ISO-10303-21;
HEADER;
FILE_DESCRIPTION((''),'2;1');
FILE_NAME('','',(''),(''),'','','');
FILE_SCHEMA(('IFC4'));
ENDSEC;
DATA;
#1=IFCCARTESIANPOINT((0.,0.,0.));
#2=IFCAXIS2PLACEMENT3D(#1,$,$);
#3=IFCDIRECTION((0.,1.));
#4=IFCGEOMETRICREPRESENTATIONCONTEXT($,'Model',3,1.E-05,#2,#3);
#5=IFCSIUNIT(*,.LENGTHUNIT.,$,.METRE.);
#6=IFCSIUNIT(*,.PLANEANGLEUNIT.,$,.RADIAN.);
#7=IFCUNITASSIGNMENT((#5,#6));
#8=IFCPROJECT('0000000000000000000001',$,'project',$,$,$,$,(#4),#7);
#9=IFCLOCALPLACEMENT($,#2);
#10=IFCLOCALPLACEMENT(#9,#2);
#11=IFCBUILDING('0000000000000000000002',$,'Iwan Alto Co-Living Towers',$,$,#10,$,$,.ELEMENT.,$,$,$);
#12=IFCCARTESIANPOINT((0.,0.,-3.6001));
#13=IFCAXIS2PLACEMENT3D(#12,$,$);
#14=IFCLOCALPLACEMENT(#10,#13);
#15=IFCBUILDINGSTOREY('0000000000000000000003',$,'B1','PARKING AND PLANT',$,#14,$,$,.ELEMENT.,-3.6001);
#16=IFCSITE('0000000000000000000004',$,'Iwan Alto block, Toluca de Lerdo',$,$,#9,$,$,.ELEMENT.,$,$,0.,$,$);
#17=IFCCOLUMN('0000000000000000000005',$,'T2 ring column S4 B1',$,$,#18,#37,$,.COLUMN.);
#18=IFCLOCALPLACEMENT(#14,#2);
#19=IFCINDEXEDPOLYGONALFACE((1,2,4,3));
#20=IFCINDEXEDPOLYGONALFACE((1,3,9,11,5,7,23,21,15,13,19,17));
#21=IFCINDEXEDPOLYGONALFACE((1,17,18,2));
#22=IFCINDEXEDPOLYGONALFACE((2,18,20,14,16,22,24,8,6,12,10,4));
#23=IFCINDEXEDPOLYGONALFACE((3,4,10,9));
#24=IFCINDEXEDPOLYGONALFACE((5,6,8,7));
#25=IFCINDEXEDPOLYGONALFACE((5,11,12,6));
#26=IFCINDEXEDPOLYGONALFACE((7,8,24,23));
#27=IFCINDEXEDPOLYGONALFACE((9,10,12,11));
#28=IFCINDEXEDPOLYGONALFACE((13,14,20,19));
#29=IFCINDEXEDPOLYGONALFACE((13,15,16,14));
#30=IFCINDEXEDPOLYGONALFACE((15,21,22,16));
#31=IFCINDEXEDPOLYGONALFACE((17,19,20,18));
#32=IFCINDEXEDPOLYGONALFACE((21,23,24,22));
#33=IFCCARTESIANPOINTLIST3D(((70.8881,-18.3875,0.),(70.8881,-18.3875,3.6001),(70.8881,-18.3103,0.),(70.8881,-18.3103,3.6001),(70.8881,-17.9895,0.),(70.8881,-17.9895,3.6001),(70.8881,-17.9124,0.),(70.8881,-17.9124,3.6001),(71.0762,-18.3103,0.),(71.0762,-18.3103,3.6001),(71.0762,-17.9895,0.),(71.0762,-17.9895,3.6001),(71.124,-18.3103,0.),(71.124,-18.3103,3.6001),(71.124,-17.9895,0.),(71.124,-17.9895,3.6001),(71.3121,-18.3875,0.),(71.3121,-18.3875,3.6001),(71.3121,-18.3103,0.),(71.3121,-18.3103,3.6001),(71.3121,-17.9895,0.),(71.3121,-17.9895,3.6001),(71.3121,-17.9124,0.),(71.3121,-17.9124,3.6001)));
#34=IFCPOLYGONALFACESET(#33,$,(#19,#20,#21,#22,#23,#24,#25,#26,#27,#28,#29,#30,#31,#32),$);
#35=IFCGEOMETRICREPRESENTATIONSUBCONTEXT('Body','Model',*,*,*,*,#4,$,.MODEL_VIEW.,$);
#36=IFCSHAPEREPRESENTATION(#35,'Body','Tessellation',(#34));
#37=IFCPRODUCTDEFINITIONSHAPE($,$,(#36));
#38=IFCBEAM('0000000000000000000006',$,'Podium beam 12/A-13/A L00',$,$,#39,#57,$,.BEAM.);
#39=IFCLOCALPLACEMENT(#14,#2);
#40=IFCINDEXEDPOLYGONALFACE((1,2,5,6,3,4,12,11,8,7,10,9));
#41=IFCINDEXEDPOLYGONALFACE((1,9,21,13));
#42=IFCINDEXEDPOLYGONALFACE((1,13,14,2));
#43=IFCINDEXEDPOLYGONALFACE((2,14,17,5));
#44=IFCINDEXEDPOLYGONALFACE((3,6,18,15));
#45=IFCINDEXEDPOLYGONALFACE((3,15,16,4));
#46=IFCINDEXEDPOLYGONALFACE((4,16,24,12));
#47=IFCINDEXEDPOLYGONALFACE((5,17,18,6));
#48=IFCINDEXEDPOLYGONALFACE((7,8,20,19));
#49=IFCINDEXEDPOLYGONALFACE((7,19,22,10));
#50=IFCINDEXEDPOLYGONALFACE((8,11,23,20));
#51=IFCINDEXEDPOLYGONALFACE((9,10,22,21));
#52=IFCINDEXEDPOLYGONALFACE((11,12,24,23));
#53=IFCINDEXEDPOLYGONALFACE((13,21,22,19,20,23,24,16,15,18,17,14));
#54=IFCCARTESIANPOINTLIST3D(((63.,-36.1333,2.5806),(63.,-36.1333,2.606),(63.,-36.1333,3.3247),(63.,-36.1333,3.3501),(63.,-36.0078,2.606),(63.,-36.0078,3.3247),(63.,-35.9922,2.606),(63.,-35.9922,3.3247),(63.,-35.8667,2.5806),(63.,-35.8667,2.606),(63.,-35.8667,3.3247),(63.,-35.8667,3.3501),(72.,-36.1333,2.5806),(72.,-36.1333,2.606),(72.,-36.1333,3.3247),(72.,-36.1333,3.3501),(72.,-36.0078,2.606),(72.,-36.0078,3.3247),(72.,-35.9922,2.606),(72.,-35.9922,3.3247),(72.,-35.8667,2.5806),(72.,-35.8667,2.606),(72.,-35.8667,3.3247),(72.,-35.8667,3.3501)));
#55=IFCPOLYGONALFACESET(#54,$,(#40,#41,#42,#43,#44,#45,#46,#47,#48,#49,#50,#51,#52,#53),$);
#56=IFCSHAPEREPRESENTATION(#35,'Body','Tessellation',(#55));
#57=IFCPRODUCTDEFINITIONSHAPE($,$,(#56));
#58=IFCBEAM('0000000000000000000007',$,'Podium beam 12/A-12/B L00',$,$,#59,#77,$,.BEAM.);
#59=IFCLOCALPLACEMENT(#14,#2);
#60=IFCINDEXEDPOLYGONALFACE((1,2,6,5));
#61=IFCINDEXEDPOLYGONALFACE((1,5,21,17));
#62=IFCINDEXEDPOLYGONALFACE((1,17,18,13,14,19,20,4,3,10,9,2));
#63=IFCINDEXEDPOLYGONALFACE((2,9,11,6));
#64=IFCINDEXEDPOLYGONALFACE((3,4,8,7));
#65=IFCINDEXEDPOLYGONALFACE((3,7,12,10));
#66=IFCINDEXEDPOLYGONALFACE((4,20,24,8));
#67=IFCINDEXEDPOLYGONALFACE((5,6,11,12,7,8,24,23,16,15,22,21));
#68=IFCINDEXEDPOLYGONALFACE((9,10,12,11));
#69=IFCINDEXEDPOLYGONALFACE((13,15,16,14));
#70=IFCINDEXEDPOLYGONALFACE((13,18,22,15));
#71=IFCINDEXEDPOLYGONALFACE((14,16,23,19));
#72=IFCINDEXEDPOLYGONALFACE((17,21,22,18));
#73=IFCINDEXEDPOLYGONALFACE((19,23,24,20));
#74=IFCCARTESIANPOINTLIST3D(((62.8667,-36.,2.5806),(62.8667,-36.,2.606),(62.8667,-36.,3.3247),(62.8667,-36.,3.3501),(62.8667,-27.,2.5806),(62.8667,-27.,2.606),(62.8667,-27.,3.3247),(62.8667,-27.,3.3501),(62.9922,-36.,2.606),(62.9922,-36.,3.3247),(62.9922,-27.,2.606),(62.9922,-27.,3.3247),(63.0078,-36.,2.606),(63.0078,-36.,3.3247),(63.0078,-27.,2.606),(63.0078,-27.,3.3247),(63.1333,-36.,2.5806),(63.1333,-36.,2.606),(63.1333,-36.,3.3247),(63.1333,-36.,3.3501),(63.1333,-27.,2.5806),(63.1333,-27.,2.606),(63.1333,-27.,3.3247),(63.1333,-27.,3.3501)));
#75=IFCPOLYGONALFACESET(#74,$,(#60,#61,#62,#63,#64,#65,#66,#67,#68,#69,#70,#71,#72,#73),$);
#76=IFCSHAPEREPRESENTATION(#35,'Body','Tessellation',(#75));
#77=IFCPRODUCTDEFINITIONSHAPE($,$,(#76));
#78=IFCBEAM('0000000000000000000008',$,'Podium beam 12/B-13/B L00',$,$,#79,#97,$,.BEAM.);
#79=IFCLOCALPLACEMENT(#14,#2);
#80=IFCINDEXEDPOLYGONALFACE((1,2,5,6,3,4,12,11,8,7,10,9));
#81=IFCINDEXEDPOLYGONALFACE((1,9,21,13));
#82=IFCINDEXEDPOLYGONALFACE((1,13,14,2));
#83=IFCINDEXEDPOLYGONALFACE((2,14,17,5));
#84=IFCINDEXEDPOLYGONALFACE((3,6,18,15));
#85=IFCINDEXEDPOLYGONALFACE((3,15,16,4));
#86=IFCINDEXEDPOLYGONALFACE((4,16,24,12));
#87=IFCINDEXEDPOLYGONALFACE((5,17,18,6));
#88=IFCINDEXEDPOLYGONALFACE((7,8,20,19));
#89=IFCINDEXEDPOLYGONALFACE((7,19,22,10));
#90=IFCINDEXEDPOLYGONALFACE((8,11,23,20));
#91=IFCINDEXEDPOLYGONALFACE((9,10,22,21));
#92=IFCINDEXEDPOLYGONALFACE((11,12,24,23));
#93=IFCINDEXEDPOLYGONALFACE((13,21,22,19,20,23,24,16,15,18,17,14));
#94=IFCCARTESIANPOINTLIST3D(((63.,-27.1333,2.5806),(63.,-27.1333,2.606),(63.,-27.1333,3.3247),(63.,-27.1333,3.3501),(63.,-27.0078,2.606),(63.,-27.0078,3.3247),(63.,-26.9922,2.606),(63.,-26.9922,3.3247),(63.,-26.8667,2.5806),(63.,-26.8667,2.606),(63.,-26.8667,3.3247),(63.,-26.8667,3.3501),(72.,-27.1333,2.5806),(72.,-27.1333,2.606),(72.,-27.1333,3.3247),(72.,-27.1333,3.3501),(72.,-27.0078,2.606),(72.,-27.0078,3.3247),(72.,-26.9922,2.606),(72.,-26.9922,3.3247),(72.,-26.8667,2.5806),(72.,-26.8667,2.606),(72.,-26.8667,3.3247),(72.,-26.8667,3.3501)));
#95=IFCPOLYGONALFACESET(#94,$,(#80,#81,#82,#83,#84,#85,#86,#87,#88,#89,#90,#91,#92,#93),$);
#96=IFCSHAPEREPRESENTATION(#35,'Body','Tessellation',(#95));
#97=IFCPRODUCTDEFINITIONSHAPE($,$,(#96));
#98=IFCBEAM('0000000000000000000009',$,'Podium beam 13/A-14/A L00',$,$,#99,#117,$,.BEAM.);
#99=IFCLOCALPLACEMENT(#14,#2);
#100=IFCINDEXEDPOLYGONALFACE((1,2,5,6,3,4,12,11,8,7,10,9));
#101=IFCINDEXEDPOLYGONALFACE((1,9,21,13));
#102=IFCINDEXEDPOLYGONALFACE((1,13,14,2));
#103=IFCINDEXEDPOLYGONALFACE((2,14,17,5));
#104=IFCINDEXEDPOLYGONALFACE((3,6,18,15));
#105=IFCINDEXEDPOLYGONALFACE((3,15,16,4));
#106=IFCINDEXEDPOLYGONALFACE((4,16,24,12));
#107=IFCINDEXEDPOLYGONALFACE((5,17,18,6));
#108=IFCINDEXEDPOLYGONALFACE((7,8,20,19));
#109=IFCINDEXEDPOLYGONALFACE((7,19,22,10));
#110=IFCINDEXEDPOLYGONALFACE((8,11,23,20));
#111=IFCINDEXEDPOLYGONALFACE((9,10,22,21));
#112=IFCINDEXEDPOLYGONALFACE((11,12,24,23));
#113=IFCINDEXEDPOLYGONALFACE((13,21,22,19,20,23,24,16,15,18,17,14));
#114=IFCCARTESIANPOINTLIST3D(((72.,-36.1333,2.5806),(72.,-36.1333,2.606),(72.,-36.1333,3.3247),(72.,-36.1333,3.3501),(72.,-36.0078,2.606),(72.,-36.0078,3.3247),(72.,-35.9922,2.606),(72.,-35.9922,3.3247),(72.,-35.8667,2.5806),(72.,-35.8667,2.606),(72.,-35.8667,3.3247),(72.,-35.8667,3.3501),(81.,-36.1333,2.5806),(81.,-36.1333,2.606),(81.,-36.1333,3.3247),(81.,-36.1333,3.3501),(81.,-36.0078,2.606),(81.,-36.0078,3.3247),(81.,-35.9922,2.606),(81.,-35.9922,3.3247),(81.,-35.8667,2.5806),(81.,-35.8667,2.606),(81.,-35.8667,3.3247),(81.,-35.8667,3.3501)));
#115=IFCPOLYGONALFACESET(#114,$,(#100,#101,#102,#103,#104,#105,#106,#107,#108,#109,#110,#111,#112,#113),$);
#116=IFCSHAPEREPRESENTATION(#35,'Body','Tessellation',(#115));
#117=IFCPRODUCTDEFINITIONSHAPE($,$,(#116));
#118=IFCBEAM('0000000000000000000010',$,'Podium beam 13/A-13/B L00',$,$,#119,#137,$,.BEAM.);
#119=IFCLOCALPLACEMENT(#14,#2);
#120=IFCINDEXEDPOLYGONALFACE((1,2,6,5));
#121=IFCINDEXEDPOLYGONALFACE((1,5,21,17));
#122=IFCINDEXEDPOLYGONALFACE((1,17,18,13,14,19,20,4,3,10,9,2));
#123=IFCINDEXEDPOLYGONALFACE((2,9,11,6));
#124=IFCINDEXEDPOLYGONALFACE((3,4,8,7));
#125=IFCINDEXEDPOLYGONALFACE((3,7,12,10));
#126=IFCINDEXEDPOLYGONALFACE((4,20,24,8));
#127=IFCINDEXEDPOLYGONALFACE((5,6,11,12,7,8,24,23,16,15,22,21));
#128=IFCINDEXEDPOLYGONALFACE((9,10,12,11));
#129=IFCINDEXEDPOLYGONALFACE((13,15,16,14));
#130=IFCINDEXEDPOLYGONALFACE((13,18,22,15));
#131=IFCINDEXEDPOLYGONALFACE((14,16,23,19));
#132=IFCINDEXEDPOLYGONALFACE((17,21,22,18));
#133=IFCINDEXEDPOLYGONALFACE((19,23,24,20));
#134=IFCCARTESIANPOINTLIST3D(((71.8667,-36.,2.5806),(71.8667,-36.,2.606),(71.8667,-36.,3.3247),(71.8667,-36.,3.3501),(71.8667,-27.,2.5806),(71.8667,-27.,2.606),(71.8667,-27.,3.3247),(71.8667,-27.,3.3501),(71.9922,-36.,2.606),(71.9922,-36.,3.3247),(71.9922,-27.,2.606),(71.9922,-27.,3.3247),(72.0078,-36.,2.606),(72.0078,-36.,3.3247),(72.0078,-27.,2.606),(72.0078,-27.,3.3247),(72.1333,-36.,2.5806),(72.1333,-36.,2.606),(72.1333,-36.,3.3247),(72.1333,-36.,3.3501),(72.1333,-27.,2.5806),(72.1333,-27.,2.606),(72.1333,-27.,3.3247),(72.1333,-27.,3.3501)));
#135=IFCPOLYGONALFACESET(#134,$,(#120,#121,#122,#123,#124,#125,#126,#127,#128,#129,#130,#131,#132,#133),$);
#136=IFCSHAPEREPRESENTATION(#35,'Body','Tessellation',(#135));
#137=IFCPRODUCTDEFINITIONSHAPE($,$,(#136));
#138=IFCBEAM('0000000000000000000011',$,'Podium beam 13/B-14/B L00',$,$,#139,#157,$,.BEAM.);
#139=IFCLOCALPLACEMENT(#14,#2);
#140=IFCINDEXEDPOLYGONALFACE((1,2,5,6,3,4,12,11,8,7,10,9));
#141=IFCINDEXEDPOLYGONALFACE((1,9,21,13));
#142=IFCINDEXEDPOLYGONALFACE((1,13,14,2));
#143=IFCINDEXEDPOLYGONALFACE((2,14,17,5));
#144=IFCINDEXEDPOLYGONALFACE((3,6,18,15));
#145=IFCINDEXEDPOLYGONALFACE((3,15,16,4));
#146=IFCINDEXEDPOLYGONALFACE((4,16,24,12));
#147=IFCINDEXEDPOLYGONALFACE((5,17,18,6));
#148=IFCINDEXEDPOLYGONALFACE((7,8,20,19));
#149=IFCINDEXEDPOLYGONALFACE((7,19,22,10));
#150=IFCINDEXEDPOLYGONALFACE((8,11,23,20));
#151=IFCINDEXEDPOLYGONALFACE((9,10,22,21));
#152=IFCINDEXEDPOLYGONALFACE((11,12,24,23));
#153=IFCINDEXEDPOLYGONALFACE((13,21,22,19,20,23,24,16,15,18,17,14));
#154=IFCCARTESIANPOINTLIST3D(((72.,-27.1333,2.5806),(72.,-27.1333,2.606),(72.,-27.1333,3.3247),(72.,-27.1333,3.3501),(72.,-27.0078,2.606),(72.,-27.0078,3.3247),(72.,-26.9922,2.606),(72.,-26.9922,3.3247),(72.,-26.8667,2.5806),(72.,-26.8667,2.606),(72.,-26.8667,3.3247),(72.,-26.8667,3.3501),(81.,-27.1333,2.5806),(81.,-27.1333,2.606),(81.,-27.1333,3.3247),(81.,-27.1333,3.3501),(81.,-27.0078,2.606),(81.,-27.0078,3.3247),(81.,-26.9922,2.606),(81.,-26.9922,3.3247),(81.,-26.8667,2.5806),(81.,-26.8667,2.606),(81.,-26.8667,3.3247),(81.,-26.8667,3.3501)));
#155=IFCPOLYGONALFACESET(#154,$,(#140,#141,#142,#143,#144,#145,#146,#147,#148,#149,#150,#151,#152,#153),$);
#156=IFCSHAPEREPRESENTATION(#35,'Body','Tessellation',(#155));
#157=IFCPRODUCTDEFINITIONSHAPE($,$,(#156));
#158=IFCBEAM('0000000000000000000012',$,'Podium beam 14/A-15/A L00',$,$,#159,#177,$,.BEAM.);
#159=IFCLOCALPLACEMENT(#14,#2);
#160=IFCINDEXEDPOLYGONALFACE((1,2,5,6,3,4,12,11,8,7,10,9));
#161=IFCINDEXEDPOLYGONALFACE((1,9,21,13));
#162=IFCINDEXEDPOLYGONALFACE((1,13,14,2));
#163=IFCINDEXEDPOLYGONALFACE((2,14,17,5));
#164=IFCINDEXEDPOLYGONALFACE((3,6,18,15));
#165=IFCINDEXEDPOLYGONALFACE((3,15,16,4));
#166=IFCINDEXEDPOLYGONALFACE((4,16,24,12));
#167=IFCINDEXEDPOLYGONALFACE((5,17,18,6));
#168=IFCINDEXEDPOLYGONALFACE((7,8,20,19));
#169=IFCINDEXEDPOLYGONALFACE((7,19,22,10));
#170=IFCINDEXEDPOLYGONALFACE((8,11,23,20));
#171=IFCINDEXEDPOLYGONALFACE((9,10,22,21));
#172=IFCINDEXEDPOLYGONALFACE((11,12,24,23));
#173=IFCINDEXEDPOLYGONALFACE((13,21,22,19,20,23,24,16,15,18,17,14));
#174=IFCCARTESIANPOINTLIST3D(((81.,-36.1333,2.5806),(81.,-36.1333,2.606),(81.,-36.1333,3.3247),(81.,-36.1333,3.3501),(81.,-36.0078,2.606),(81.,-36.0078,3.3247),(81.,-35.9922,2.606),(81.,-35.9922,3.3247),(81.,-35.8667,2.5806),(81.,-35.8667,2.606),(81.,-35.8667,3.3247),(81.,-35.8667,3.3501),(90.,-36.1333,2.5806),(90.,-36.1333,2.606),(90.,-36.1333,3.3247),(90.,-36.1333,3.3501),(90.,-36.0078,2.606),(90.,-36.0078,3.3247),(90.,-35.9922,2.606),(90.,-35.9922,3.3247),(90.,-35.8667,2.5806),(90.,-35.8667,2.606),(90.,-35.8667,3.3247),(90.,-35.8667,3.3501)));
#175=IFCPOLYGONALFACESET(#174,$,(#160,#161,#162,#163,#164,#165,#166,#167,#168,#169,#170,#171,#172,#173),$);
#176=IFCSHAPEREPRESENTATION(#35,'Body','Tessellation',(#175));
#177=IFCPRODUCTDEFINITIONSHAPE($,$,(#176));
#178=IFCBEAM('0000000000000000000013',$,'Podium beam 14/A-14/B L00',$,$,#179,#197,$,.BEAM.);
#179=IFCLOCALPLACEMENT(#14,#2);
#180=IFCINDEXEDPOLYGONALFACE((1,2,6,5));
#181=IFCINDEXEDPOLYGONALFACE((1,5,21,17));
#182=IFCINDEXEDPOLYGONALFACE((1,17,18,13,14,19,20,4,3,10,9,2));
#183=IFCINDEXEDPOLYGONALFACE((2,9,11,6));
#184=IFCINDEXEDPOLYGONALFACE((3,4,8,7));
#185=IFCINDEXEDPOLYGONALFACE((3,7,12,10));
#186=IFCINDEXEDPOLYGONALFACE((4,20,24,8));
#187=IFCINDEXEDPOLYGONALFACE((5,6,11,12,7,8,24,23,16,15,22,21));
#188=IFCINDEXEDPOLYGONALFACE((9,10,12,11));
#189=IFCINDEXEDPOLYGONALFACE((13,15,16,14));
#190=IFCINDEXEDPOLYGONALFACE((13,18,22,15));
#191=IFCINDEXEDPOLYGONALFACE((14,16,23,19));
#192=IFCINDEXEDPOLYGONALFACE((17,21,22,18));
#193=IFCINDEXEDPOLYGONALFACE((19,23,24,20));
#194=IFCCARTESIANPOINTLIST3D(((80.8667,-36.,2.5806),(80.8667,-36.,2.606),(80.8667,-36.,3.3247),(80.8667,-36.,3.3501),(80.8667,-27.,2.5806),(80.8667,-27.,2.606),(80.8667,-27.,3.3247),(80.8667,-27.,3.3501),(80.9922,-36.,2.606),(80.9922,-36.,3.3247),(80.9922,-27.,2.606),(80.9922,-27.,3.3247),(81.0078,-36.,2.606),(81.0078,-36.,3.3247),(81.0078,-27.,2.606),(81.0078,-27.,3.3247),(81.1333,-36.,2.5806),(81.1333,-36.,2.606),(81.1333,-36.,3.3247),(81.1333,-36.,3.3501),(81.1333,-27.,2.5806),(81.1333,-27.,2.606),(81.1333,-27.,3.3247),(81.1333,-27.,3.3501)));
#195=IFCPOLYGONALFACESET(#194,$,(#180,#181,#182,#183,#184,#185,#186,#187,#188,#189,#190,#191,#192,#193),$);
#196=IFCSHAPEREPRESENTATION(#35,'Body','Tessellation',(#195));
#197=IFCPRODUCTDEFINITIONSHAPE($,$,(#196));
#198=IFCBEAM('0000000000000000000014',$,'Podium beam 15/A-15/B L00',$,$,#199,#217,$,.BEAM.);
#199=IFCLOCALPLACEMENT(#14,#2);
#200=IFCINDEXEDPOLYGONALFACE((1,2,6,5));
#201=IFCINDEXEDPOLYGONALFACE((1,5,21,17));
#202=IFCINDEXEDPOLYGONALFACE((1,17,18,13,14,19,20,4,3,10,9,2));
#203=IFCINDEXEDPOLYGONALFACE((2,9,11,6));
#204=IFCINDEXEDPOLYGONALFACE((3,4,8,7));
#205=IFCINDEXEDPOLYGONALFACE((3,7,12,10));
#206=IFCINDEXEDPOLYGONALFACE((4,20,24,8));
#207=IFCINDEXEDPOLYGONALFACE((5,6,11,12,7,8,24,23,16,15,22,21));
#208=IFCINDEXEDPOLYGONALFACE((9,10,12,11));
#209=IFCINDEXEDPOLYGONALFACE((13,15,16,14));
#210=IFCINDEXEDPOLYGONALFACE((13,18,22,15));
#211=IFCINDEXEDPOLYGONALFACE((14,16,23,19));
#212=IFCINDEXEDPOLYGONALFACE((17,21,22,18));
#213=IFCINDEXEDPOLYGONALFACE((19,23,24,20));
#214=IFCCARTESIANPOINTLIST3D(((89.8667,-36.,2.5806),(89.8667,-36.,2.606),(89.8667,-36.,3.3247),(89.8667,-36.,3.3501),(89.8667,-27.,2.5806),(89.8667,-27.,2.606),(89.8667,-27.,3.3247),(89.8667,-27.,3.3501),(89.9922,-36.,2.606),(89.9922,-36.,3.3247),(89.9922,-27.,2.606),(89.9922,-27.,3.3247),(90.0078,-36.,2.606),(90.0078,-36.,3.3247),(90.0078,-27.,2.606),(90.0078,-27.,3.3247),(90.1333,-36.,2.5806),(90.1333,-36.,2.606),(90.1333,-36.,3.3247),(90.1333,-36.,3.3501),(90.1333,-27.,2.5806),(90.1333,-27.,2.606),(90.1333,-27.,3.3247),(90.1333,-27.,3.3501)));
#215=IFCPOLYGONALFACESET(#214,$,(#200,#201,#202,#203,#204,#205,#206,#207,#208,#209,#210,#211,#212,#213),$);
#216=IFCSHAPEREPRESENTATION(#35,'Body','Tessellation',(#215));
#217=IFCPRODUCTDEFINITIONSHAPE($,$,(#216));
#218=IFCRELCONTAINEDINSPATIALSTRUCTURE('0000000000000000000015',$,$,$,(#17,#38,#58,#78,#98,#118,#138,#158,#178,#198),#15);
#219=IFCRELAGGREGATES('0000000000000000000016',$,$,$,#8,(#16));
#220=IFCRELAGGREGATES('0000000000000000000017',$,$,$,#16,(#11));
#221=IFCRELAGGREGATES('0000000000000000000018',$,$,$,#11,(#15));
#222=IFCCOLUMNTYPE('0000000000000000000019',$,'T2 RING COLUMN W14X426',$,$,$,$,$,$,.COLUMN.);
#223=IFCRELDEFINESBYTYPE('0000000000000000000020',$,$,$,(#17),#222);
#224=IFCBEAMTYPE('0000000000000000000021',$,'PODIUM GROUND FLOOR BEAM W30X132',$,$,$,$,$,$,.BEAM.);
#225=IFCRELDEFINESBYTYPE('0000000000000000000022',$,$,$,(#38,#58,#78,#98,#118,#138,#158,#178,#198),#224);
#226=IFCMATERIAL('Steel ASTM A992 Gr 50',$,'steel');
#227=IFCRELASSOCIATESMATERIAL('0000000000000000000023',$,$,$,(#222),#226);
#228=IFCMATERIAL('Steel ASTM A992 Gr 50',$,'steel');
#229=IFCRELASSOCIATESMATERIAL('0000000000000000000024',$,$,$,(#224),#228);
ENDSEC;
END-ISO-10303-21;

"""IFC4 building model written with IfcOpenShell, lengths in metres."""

from ifc_helpers import new_model, si_unit, direction, frame, origin, origin_2d, place, context, subcontext, project, spatial, i_section, extrude, material, material_profile, profile_set, type_object, element, save


model = new_model("IFC4")

# Units and contexts
model_context = context("Model", 3, precision=1e-05, world=origin(), true_north=direction((0.0, 1.0)))
body_context = subcontext(model_context, "Body", "Model", "MODEL_VIEW")
ifc_project = project(units=[si_unit("LENGTHUNIT", "METRE"), si_unit("PLANEANGLEUNIT", "RADIAN")], contexts=[model_context])

# Site, building, storey
site_placement = place(None, origin())
site = spatial("IfcSite", under=ifc_project, at=site_placement, Name="Iwan Alto block, Toluca de Lerdo", CompositionType="ELEMENT", RefElevation=0.0)
building_placement = place(site_placement, origin())
building = spatial("IfcBuilding", under=site, at=building_placement, Name="Iwan Alto Co-Living Towers", CompositionType="ELEMENT")
storey_placement = place(building_placement, frame((0.0, 0.0, -3.6001)))
storey = spatial("IfcBuildingStorey", under=building, at=storey_placement, Name="B1", Description="PARKING AND PLANT", CompositionType="ELEMENT", Elevation=-3.6001)

# Column
ifc_material_1 = material(Name="Steel ASTM A992 Gr 50", Category="steel")
ifc_material_profile_1 = material_profile(ifc_material_1, i_section(OverallWidth=0.4241, OverallDepth=0.4751, WebThickness=0.0479, FlangeThickness=0.0771, at=origin_2d()), Name="W14X426")
ifc_profile_set_1 = profile_set([ifc_material_profile_1], Name="Steel ASTM A992 Gr 50")
column_type_1 = type_object("IfcColumnType", Name="T2 RING COLUMN W14X426", PredefinedType="COLUMN", material=ifc_profile_set_1)
for number, where, z_axis, x_axis, name in (
    (1, (71.1001, -18.1499, 0.0), (0.0, 0.0, 1.0), (1.0, 0.0, 0.0), "T2 ring column S4 B1"),
):
    element("IfcColumn", number, at=place(storey_placement, frame(where, z_axis=z_axis, x_axis=x_axis)), inside=storey, type_object=column_type_1, Name=name, PredefinedType="COLUMN", context=body_context, shape_type="SweptSolid", body=[
        extrude(i_section(OverallWidth=0.4241, OverallDepth=0.4751, WebThickness=0.0479, FlangeThickness=0.0771, at=origin_2d()), origin(), (0.0, 0.0, 1.0), 3.6001),
    ])

# Beams
ifc_material_2 = material(Name="Steel ASTM A992 Gr 50", Category="steel")
ifc_material_profile_2 = material_profile(ifc_material_2, i_section(OverallWidth=0.2666, OverallDepth=0.7695, WebThickness=0.0156, FlangeThickness=0.0254, at=origin_2d()), Name="W30X132")
ifc_profile_set_2 = profile_set([ifc_material_profile_2], Name="Steel ASTM A992 Gr 50")
beam_type_1 = type_object("IfcBeamType", Name="PODIUM GROUND FLOOR BEAM W30X132", PredefinedType="BEAM", material=ifc_profile_set_2)
for number, where, z_axis, x_axis, name in (
    (2, (63.0, -36.0, 2.9653), (1.0, 0.0, 0.0), (0.0, 1.0, 0.0), "Podium beam 12/A-13/A L00"),
    (3, (63.0, -36.0, 2.9653), (0.0, 1.0, 0.0), (-1.0, 0.0, 0.0), "Podium beam 12/A-12/B L00"),
    (4, (63.0, -27.0, 2.9653), (1.0, 0.0, 0.0), (0.0, 1.0, 0.0), "Podium beam 12/B-13/B L00"),
    (5, (72.0, -36.0, 2.9653), (1.0, 0.0, 0.0), (0.0, 1.0, 0.0), "Podium beam 13/A-14/A L00"),
    (6, (72.0, -36.0, 2.9653), (0.0, 1.0, 0.0), (-1.0, 0.0, 0.0), "Podium beam 13/A-13/B L00"),
    (7, (72.0, -27.0, 2.9653), (1.0, 0.0, 0.0), (0.0, 1.0, 0.0), "Podium beam 13/B-14/B L00"),
    (8, (81.0, -36.0, 2.9653), (1.0, 0.0, 0.0), (0.0, 1.0, 0.0), "Podium beam 14/A-15/A L00"),
    (9, (81.0, -36.0, 2.9653), (0.0, 1.0, 0.0), (-1.0, 0.0, 0.0), "Podium beam 14/A-14/B L00"),
    (10, (90.0, -36.0, 2.9653), (0.0, 1.0, 0.0), (-1.0, 0.0, 0.0), "Podium beam 15/A-15/B L00"),
):
    element("IfcBeam", number, at=place(storey_placement, frame(where, z_axis=z_axis, x_axis=x_axis)), inside=storey, type_object=beam_type_1, Name=name, PredefinedType="BEAM", context=body_context, shape_type="SweptSolid", body=[
        extrude(i_section(OverallWidth=0.2666, OverallDepth=0.7695, WebThickness=0.0156, FlangeThickness=0.0254, at=origin_2d()), origin(), (0.0, 0.0, 1.0), 9.0),
    ])

save(model, "model.ifc")
